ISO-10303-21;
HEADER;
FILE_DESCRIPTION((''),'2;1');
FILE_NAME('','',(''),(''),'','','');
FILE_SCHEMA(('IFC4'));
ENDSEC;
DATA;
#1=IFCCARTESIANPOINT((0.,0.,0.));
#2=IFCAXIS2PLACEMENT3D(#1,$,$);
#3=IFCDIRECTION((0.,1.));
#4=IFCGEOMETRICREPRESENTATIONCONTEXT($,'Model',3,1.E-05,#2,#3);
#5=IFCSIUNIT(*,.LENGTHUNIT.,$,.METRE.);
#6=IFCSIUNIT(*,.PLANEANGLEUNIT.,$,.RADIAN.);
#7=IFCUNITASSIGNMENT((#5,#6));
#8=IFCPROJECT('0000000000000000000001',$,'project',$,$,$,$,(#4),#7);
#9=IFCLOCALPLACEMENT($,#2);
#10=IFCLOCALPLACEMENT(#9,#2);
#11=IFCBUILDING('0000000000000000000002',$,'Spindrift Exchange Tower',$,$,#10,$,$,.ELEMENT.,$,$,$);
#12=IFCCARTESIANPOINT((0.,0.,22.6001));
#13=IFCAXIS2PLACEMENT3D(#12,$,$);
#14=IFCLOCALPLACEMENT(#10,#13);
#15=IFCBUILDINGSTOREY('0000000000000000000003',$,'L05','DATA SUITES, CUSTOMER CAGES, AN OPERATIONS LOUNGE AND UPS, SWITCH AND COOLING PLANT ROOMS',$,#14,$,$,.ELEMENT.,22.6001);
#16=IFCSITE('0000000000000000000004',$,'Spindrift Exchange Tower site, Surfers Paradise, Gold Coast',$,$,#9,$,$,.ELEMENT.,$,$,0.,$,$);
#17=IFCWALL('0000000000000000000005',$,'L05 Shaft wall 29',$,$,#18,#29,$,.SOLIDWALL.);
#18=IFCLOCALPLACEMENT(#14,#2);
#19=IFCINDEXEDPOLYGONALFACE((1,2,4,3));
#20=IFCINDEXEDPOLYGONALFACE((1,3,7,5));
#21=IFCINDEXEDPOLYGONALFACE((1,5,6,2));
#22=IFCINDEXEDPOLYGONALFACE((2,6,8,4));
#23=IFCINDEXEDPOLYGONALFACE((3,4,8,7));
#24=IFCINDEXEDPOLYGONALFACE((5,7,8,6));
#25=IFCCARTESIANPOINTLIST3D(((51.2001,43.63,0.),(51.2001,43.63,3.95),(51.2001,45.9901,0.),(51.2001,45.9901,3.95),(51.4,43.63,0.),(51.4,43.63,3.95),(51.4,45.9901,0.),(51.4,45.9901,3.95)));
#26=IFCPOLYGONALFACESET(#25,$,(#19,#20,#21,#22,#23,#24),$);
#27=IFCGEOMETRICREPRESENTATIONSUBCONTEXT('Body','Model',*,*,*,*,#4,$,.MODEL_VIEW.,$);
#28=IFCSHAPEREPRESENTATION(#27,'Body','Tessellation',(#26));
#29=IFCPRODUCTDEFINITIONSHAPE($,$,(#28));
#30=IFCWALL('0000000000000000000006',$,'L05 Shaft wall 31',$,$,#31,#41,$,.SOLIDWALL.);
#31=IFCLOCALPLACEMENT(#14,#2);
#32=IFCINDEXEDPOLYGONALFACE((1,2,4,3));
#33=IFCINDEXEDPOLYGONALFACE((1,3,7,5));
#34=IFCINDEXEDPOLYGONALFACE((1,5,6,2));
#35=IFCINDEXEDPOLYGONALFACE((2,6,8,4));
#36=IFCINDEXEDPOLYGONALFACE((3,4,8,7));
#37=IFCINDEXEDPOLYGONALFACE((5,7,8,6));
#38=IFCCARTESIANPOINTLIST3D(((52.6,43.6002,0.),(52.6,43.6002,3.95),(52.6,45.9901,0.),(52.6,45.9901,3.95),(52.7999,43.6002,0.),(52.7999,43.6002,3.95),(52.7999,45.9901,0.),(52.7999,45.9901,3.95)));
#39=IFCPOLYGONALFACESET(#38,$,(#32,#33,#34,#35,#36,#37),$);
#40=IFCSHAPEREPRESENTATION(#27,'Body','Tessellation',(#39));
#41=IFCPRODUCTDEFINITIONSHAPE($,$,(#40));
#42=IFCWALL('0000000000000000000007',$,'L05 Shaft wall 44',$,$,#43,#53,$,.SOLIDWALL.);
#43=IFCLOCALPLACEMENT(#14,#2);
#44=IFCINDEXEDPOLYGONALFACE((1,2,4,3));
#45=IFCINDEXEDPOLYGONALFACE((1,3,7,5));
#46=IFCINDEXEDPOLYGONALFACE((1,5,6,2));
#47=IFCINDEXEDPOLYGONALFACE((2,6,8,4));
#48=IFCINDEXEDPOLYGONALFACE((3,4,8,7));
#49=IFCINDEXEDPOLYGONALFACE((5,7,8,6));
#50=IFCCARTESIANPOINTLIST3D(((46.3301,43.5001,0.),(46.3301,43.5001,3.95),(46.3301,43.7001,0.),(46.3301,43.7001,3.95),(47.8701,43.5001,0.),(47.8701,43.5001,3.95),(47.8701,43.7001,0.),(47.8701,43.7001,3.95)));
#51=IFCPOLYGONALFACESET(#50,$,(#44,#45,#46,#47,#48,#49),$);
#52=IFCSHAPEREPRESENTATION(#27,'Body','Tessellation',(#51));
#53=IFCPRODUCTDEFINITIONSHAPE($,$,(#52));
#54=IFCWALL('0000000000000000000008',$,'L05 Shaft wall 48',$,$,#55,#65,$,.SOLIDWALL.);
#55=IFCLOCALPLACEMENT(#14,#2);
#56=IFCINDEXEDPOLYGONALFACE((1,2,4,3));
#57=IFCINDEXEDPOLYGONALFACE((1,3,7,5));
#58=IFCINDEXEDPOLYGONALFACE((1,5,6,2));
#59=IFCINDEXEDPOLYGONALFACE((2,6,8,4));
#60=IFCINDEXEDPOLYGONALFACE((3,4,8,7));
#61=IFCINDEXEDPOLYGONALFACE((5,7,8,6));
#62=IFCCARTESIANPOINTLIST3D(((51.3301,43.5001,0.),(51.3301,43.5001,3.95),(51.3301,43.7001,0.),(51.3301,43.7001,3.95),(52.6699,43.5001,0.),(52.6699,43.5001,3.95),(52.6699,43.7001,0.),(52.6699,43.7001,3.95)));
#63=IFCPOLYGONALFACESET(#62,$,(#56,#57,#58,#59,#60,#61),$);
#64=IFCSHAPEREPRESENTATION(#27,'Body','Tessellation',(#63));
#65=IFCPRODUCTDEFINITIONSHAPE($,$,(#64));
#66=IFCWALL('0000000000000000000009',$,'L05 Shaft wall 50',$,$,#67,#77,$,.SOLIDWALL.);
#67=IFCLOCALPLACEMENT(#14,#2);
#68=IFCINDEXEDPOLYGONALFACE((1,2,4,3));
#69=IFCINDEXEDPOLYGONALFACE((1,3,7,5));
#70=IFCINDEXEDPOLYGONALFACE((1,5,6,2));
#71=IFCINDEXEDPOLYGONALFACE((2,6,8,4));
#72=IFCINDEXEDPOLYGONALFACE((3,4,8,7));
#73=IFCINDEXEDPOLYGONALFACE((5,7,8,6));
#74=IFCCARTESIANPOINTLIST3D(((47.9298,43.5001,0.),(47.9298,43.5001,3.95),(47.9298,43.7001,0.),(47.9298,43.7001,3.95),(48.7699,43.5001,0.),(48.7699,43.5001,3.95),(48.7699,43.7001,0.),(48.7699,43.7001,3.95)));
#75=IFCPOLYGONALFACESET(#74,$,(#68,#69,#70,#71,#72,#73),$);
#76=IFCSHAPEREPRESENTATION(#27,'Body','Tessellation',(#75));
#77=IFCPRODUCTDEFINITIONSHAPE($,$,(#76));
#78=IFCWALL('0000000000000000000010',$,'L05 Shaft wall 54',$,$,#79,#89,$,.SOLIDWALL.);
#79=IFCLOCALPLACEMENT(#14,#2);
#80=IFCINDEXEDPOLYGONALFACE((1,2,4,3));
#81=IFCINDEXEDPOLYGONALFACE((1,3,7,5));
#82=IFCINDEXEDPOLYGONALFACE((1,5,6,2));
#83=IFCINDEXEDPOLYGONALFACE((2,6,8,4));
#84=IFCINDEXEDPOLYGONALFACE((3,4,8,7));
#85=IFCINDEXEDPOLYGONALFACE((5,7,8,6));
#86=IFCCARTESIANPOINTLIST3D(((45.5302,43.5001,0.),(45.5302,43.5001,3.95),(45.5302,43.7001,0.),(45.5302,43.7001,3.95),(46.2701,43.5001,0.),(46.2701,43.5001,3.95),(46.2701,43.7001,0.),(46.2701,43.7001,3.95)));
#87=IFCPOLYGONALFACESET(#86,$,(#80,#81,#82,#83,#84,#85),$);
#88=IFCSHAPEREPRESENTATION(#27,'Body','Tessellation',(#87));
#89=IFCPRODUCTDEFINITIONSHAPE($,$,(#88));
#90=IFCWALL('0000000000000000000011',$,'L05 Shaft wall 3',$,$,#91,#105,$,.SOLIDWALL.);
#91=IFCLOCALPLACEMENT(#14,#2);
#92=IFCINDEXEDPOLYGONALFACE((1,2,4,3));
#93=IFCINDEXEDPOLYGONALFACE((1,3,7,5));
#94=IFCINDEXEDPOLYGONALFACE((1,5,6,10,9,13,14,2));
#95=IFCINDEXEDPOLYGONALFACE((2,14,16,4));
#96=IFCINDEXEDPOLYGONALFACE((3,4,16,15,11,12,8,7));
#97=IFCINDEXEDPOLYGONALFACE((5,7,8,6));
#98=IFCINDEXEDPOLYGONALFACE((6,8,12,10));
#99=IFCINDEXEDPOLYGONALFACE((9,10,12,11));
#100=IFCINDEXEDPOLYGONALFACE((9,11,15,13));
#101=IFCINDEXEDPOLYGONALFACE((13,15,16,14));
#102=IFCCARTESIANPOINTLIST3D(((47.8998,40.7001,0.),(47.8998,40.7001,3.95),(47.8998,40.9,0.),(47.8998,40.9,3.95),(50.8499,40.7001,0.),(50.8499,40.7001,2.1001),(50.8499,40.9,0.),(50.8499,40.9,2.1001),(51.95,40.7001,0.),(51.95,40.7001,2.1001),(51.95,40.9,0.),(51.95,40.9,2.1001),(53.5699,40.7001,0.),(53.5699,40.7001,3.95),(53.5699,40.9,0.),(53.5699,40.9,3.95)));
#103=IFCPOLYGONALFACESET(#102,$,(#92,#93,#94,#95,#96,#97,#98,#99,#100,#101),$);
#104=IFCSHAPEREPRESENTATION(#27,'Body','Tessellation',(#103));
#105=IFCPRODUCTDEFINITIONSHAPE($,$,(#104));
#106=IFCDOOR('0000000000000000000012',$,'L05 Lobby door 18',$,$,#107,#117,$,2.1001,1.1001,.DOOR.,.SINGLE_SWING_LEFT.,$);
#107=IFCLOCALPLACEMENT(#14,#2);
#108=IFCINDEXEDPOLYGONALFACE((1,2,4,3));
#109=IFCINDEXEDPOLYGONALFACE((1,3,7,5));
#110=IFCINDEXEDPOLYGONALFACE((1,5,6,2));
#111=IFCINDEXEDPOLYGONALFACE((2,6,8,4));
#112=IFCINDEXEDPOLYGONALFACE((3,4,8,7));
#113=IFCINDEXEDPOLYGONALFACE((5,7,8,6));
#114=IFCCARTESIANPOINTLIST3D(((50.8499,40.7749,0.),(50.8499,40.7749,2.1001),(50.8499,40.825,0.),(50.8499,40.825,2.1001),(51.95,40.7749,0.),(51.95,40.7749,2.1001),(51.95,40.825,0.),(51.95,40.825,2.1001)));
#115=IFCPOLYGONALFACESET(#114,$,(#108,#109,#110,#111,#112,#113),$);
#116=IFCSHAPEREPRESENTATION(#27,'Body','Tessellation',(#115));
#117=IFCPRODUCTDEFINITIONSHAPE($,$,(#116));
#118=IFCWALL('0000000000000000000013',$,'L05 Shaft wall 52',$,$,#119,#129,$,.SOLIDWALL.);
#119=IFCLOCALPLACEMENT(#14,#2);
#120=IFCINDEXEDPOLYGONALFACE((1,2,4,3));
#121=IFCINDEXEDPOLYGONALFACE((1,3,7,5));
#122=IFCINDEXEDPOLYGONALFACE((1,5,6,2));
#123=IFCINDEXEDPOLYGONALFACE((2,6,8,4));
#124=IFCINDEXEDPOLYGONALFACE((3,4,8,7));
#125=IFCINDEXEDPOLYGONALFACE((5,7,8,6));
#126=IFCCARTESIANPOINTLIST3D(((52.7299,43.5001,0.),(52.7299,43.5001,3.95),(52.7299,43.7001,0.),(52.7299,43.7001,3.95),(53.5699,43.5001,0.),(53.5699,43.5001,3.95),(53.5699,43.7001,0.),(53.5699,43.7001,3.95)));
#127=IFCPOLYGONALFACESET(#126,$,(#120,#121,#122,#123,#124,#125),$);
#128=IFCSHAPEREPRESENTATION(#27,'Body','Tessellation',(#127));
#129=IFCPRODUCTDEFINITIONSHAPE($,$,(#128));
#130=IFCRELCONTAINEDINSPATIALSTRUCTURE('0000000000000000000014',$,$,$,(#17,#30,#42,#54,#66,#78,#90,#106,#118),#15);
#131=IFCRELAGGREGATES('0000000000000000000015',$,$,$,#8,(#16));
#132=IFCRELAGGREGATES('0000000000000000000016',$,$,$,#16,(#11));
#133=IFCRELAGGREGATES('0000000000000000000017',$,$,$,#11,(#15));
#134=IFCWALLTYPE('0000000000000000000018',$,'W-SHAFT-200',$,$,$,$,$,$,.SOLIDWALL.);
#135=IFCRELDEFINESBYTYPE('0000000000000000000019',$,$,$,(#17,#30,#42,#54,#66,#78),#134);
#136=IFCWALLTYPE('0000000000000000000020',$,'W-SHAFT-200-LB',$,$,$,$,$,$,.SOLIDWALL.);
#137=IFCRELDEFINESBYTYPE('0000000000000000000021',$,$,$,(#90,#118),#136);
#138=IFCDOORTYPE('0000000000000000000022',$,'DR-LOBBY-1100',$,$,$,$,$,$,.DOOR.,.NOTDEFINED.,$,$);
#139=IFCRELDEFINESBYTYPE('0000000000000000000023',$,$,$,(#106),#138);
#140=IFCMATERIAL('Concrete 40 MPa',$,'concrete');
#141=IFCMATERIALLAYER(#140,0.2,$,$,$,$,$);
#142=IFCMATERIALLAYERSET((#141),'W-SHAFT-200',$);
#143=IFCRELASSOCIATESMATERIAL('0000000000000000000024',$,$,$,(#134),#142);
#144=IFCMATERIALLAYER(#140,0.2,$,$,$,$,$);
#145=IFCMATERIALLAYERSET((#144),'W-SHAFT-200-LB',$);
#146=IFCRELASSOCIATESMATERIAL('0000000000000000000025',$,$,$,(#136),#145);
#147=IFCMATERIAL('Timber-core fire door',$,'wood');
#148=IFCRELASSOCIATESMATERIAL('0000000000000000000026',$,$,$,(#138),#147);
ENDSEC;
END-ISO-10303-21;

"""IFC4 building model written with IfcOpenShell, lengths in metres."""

from ifc_helpers import new_model, si_unit, direction, frame, frame_2d, origin, place, context, subcontext, project, spatial, rectangle, extrude, source, transform, mapped, material, layer, layer_set, type_object, element, fill, save


model = new_model("IFC4")

# Units and contexts
model_context = context("Model", 3, precision=1e-05, world=origin(), true_north=direction((0.0, 1.0)))
body_context = subcontext(model_context, "Body", "Model", "MODEL_VIEW")
ifc_project = project(units=[si_unit("LENGTHUNIT", "METRE"), si_unit("PLANEANGLEUNIT", "RADIAN")], contexts=[model_context])

# Site, building, storey
site_placement = place(None, origin())
site = spatial("IfcSite", under=ifc_project, at=site_placement, Name="Spindrift Exchange Tower site, Surfers Paradise, Gold Coast", CompositionType="ELEMENT", RefElevation=0.0)
building_placement = place(site_placement, origin())
building = spatial("IfcBuilding", under=site, at=building_placement, Name="Spindrift Exchange Tower", CompositionType="ELEMENT")
storey_placement = place(building_placement, frame((0.0, 0.0, 22.6001)))
storey = spatial("IfcBuildingStorey", under=building, at=storey_placement, Name="L05", Description="DATA SUITES, CUSTOMER CAGES, AN OPERATIONS LOUNGE AND UPS, SWITCH AND COOLING PLANT ROOMS", CompositionType="ELEMENT", Elevation=22.6001)

# Shared definitions
ifc_material_1 = material(Name="Concrete 40 MPa", Category="concrete")
ifc_layer_1 = layer(ifc_material_1, 0.2)
ifc_layer_set_1 = layer_set([ifc_layer_1], Name="W-SHAFT-200")
wall_type_1 = type_object("IfcWallType", Name="W-SHAFT-200", PredefinedType="SOLIDWALL", material=ifc_layer_set_1)

# Walls
for number, where, z_axis, x_axis, name in (
    (1, (51.3, 43.6299, 0.0), (0.0, 0.0, 1.0), (0.0, 1.0, 0.0), "L05 Shaft wall 29"),
):
    element("IfcWall", number, at=place(storey_placement, frame(where, z_axis=z_axis, x_axis=x_axis)), inside=storey, type_object=wall_type_1, Name=name, PredefinedType="SOLIDWALL", context=body_context, shape_type="SweptSolid", body=[
        extrude(rectangle(XDim=2.3601, YDim=0.2, at=frame_2d((1.1802, 0.0))), origin(), (0.0, 0.0, 1.0), 3.95),
    ])
wall_1_placement = place(storey_placement, frame((52.7, 45.99, 0.0), z_axis=(0.0, 0.0, 1.0), x_axis=(0.0, -1.0, 0.0)))
element("IfcWall", 2, at=wall_1_placement, inside=storey, type_object=wall_type_1, Name="L05 Shaft wall 31", PredefinedType="SOLIDWALL", context=body_context, shape_type="SweptSolid", body=[
    extrude(rectangle(XDim=2.3899, YDim=0.2, at=frame_2d((1.1948, 0.0))), origin(), (0.0, 0.0, 1.0), 3.95),
])
wall_2_placement = place(storey_placement, frame((46.3301, 43.6001, 0.0), z_axis=(0.0, 0.0, 1.0), x_axis=(1.0, 0.0, 0.0)))
element("IfcWall", 3, at=wall_2_placement, inside=storey, type_object=wall_type_1, Name="L05 Shaft wall 44", PredefinedType="SOLIDWALL", context=body_context, shape_type="SweptSolid", body=[
    extrude(rectangle(XDim=1.54, YDim=0.2, at=frame_2d((0.77, 0.0))), origin(), (0.0, 0.0, 1.0), 3.95),
])
wall_3_placement = place(storey_placement, frame((52.6699, 43.6001, 0.0), z_axis=(0.0, 0.0, 1.0), x_axis=(-1.0, 0.0, 0.0)))
element("IfcWall", 4, at=wall_3_placement, inside=storey, type_object=wall_type_1, Name="L05 Shaft wall 48", PredefinedType="SOLIDWALL", context=body_context, shape_type="SweptSolid", body=[
    extrude(rectangle(XDim=1.3398, YDim=0.2, at=frame_2d((0.6699, 0.0))), origin(), (0.0, 0.0, 1.0), 3.95),
])
wall_4_placement = place(storey_placement, frame((47.9299, 43.6001, 0.0), z_axis=(0.0, 0.0, 1.0), x_axis=(1.0, 0.0, 0.0)))
element("IfcWall", 5, at=wall_4_placement, inside=storey, type_object=wall_type_1, Name="L05 Shaft wall 50", PredefinedType="SOLIDWALL", context=body_context, shape_type="SweptSolid", body=[
    extrude(rectangle(XDim=0.8401, YDim=0.2, at=frame_2d((0.4199, 0.0))), origin(), (0.0, 0.0, 1.0), 3.95),
])
wall_5_placement = place(storey_placement, frame((45.53, 43.6001, 0.0), z_axis=(0.0, 0.0, 1.0), x_axis=(1.0, 0.0, 0.0)))
element("IfcWall", 6, at=wall_5_placement, inside=storey, type_object=wall_type_1, Name="L05 Shaft wall 54", PredefinedType="SOLIDWALL", context=body_context, shape_type="SweptSolid", body=[
    extrude(rectangle(XDim=0.74, YDim=0.2, at=frame_2d((0.3701, 0.0))), origin(), (0.0, 0.0, 1.0), 3.95),
])

# Wall, opening, door
ifc_layer_2 = layer(ifc_material_1, 0.2)
ifc_layer_set_2 = layer_set([ifc_layer_2], Name="W-SHAFT-200-LB")
wall_type_2 = type_object("IfcWallType", Name="W-SHAFT-200-LB", PredefinedType="SOLIDWALL", material=ifc_layer_set_2)
wall_6_placement = place(storey_placement, frame((47.8999, 40.8, 0.0), z_axis=(0.0, 0.0, 1.0), x_axis=(1.0, 0.0, 0.0)))
wall_6 = element("IfcWall", 7, at=wall_6_placement, inside=storey, type_object=wall_type_2, Name="L05 Shaft wall 3", PredefinedType="SOLIDWALL", context=body_context, shape_type="SweptSolid", body=[
    extrude(rectangle(XDim=5.6702, YDim=0.2, at=frame_2d((2.835, 0.0))), origin(), (0.0, 0.0, 1.0), 3.95),
])
opening_1_placement = place(wall_6_placement, frame((2.95, 0.0, 0.0)))
opening_1 = element("IfcOpeningElement", 8, at=opening_1_placement, cuts=wall_6, PredefinedType="OPENING", context=body_context, shape_type="SweptSolid", body=[
    extrude(rectangle(XDim=1.1001, YDim=2.1001, at=frame_2d((0.55, 1.05))), frame((0.0, 0.1099, 0.0), z_axis=(0.0, -1.0, 0.0), x_axis=(1.0, 0.0, 0.0)), (0.0, 0.0, 1.0), 0.22),
])
ifc_material_2 = material(Name="Timber-core fire door", Category="wood")
door_type_1 = type_object("IfcDoorType", Name="DR-LOBBY-1100", OperationType="NOTDEFINED", PredefinedType="DOOR", material=ifc_material_2)
shared_shape_1 = source(origin(), body_context, "Body", "SweptSolid", [
    extrude(rectangle(XDim=1.1001, YDim=2.1001, at=frame_2d((0.55, 1.05))), frame((0.0, 0.0249, 0.0), z_axis=(0.0, -1.0, 0.0), x_axis=(1.0, 0.0, 0.0)), (0.0, 0.0, 1.0), 0.05),
])
door_1_placement = place(opening_1_placement, origin())
door_1 = element("IfcDoor", 9, at=door_1_placement, inside=storey, type_object=door_type_1, Name="L05 Lobby door 18", OperationType="SINGLE_SWING_LEFT", OverallHeight=2.1001, OverallWidth=1.1001, PredefinedType="DOOR", context=body_context, shape_type="MappedRepresentation", body=[
    mapped(shared_shape_1, transform((0.0, 0.0, 0.0), scale=1.0)),
])
fill(opening_1, door_1)

# Wall
wall_7_placement = place(storey_placement, frame((52.73, 43.6001, 0.0), z_axis=(0.0, 0.0, 1.0), x_axis=(1.0, 0.0, 0.0)))
element("IfcWall", 10, at=wall_7_placement, inside=storey, type_object=wall_type_2, Name="L05 Shaft wall 52", PredefinedType="SOLIDWALL", context=body_context, shape_type="SweptSolid", body=[
    extrude(rectangle(XDim=0.8401, YDim=0.2, at=frame_2d((0.4199, 0.0))), origin(), (0.0, 0.0, 1.0), 3.95),
])

save(model, "model.ifc")
